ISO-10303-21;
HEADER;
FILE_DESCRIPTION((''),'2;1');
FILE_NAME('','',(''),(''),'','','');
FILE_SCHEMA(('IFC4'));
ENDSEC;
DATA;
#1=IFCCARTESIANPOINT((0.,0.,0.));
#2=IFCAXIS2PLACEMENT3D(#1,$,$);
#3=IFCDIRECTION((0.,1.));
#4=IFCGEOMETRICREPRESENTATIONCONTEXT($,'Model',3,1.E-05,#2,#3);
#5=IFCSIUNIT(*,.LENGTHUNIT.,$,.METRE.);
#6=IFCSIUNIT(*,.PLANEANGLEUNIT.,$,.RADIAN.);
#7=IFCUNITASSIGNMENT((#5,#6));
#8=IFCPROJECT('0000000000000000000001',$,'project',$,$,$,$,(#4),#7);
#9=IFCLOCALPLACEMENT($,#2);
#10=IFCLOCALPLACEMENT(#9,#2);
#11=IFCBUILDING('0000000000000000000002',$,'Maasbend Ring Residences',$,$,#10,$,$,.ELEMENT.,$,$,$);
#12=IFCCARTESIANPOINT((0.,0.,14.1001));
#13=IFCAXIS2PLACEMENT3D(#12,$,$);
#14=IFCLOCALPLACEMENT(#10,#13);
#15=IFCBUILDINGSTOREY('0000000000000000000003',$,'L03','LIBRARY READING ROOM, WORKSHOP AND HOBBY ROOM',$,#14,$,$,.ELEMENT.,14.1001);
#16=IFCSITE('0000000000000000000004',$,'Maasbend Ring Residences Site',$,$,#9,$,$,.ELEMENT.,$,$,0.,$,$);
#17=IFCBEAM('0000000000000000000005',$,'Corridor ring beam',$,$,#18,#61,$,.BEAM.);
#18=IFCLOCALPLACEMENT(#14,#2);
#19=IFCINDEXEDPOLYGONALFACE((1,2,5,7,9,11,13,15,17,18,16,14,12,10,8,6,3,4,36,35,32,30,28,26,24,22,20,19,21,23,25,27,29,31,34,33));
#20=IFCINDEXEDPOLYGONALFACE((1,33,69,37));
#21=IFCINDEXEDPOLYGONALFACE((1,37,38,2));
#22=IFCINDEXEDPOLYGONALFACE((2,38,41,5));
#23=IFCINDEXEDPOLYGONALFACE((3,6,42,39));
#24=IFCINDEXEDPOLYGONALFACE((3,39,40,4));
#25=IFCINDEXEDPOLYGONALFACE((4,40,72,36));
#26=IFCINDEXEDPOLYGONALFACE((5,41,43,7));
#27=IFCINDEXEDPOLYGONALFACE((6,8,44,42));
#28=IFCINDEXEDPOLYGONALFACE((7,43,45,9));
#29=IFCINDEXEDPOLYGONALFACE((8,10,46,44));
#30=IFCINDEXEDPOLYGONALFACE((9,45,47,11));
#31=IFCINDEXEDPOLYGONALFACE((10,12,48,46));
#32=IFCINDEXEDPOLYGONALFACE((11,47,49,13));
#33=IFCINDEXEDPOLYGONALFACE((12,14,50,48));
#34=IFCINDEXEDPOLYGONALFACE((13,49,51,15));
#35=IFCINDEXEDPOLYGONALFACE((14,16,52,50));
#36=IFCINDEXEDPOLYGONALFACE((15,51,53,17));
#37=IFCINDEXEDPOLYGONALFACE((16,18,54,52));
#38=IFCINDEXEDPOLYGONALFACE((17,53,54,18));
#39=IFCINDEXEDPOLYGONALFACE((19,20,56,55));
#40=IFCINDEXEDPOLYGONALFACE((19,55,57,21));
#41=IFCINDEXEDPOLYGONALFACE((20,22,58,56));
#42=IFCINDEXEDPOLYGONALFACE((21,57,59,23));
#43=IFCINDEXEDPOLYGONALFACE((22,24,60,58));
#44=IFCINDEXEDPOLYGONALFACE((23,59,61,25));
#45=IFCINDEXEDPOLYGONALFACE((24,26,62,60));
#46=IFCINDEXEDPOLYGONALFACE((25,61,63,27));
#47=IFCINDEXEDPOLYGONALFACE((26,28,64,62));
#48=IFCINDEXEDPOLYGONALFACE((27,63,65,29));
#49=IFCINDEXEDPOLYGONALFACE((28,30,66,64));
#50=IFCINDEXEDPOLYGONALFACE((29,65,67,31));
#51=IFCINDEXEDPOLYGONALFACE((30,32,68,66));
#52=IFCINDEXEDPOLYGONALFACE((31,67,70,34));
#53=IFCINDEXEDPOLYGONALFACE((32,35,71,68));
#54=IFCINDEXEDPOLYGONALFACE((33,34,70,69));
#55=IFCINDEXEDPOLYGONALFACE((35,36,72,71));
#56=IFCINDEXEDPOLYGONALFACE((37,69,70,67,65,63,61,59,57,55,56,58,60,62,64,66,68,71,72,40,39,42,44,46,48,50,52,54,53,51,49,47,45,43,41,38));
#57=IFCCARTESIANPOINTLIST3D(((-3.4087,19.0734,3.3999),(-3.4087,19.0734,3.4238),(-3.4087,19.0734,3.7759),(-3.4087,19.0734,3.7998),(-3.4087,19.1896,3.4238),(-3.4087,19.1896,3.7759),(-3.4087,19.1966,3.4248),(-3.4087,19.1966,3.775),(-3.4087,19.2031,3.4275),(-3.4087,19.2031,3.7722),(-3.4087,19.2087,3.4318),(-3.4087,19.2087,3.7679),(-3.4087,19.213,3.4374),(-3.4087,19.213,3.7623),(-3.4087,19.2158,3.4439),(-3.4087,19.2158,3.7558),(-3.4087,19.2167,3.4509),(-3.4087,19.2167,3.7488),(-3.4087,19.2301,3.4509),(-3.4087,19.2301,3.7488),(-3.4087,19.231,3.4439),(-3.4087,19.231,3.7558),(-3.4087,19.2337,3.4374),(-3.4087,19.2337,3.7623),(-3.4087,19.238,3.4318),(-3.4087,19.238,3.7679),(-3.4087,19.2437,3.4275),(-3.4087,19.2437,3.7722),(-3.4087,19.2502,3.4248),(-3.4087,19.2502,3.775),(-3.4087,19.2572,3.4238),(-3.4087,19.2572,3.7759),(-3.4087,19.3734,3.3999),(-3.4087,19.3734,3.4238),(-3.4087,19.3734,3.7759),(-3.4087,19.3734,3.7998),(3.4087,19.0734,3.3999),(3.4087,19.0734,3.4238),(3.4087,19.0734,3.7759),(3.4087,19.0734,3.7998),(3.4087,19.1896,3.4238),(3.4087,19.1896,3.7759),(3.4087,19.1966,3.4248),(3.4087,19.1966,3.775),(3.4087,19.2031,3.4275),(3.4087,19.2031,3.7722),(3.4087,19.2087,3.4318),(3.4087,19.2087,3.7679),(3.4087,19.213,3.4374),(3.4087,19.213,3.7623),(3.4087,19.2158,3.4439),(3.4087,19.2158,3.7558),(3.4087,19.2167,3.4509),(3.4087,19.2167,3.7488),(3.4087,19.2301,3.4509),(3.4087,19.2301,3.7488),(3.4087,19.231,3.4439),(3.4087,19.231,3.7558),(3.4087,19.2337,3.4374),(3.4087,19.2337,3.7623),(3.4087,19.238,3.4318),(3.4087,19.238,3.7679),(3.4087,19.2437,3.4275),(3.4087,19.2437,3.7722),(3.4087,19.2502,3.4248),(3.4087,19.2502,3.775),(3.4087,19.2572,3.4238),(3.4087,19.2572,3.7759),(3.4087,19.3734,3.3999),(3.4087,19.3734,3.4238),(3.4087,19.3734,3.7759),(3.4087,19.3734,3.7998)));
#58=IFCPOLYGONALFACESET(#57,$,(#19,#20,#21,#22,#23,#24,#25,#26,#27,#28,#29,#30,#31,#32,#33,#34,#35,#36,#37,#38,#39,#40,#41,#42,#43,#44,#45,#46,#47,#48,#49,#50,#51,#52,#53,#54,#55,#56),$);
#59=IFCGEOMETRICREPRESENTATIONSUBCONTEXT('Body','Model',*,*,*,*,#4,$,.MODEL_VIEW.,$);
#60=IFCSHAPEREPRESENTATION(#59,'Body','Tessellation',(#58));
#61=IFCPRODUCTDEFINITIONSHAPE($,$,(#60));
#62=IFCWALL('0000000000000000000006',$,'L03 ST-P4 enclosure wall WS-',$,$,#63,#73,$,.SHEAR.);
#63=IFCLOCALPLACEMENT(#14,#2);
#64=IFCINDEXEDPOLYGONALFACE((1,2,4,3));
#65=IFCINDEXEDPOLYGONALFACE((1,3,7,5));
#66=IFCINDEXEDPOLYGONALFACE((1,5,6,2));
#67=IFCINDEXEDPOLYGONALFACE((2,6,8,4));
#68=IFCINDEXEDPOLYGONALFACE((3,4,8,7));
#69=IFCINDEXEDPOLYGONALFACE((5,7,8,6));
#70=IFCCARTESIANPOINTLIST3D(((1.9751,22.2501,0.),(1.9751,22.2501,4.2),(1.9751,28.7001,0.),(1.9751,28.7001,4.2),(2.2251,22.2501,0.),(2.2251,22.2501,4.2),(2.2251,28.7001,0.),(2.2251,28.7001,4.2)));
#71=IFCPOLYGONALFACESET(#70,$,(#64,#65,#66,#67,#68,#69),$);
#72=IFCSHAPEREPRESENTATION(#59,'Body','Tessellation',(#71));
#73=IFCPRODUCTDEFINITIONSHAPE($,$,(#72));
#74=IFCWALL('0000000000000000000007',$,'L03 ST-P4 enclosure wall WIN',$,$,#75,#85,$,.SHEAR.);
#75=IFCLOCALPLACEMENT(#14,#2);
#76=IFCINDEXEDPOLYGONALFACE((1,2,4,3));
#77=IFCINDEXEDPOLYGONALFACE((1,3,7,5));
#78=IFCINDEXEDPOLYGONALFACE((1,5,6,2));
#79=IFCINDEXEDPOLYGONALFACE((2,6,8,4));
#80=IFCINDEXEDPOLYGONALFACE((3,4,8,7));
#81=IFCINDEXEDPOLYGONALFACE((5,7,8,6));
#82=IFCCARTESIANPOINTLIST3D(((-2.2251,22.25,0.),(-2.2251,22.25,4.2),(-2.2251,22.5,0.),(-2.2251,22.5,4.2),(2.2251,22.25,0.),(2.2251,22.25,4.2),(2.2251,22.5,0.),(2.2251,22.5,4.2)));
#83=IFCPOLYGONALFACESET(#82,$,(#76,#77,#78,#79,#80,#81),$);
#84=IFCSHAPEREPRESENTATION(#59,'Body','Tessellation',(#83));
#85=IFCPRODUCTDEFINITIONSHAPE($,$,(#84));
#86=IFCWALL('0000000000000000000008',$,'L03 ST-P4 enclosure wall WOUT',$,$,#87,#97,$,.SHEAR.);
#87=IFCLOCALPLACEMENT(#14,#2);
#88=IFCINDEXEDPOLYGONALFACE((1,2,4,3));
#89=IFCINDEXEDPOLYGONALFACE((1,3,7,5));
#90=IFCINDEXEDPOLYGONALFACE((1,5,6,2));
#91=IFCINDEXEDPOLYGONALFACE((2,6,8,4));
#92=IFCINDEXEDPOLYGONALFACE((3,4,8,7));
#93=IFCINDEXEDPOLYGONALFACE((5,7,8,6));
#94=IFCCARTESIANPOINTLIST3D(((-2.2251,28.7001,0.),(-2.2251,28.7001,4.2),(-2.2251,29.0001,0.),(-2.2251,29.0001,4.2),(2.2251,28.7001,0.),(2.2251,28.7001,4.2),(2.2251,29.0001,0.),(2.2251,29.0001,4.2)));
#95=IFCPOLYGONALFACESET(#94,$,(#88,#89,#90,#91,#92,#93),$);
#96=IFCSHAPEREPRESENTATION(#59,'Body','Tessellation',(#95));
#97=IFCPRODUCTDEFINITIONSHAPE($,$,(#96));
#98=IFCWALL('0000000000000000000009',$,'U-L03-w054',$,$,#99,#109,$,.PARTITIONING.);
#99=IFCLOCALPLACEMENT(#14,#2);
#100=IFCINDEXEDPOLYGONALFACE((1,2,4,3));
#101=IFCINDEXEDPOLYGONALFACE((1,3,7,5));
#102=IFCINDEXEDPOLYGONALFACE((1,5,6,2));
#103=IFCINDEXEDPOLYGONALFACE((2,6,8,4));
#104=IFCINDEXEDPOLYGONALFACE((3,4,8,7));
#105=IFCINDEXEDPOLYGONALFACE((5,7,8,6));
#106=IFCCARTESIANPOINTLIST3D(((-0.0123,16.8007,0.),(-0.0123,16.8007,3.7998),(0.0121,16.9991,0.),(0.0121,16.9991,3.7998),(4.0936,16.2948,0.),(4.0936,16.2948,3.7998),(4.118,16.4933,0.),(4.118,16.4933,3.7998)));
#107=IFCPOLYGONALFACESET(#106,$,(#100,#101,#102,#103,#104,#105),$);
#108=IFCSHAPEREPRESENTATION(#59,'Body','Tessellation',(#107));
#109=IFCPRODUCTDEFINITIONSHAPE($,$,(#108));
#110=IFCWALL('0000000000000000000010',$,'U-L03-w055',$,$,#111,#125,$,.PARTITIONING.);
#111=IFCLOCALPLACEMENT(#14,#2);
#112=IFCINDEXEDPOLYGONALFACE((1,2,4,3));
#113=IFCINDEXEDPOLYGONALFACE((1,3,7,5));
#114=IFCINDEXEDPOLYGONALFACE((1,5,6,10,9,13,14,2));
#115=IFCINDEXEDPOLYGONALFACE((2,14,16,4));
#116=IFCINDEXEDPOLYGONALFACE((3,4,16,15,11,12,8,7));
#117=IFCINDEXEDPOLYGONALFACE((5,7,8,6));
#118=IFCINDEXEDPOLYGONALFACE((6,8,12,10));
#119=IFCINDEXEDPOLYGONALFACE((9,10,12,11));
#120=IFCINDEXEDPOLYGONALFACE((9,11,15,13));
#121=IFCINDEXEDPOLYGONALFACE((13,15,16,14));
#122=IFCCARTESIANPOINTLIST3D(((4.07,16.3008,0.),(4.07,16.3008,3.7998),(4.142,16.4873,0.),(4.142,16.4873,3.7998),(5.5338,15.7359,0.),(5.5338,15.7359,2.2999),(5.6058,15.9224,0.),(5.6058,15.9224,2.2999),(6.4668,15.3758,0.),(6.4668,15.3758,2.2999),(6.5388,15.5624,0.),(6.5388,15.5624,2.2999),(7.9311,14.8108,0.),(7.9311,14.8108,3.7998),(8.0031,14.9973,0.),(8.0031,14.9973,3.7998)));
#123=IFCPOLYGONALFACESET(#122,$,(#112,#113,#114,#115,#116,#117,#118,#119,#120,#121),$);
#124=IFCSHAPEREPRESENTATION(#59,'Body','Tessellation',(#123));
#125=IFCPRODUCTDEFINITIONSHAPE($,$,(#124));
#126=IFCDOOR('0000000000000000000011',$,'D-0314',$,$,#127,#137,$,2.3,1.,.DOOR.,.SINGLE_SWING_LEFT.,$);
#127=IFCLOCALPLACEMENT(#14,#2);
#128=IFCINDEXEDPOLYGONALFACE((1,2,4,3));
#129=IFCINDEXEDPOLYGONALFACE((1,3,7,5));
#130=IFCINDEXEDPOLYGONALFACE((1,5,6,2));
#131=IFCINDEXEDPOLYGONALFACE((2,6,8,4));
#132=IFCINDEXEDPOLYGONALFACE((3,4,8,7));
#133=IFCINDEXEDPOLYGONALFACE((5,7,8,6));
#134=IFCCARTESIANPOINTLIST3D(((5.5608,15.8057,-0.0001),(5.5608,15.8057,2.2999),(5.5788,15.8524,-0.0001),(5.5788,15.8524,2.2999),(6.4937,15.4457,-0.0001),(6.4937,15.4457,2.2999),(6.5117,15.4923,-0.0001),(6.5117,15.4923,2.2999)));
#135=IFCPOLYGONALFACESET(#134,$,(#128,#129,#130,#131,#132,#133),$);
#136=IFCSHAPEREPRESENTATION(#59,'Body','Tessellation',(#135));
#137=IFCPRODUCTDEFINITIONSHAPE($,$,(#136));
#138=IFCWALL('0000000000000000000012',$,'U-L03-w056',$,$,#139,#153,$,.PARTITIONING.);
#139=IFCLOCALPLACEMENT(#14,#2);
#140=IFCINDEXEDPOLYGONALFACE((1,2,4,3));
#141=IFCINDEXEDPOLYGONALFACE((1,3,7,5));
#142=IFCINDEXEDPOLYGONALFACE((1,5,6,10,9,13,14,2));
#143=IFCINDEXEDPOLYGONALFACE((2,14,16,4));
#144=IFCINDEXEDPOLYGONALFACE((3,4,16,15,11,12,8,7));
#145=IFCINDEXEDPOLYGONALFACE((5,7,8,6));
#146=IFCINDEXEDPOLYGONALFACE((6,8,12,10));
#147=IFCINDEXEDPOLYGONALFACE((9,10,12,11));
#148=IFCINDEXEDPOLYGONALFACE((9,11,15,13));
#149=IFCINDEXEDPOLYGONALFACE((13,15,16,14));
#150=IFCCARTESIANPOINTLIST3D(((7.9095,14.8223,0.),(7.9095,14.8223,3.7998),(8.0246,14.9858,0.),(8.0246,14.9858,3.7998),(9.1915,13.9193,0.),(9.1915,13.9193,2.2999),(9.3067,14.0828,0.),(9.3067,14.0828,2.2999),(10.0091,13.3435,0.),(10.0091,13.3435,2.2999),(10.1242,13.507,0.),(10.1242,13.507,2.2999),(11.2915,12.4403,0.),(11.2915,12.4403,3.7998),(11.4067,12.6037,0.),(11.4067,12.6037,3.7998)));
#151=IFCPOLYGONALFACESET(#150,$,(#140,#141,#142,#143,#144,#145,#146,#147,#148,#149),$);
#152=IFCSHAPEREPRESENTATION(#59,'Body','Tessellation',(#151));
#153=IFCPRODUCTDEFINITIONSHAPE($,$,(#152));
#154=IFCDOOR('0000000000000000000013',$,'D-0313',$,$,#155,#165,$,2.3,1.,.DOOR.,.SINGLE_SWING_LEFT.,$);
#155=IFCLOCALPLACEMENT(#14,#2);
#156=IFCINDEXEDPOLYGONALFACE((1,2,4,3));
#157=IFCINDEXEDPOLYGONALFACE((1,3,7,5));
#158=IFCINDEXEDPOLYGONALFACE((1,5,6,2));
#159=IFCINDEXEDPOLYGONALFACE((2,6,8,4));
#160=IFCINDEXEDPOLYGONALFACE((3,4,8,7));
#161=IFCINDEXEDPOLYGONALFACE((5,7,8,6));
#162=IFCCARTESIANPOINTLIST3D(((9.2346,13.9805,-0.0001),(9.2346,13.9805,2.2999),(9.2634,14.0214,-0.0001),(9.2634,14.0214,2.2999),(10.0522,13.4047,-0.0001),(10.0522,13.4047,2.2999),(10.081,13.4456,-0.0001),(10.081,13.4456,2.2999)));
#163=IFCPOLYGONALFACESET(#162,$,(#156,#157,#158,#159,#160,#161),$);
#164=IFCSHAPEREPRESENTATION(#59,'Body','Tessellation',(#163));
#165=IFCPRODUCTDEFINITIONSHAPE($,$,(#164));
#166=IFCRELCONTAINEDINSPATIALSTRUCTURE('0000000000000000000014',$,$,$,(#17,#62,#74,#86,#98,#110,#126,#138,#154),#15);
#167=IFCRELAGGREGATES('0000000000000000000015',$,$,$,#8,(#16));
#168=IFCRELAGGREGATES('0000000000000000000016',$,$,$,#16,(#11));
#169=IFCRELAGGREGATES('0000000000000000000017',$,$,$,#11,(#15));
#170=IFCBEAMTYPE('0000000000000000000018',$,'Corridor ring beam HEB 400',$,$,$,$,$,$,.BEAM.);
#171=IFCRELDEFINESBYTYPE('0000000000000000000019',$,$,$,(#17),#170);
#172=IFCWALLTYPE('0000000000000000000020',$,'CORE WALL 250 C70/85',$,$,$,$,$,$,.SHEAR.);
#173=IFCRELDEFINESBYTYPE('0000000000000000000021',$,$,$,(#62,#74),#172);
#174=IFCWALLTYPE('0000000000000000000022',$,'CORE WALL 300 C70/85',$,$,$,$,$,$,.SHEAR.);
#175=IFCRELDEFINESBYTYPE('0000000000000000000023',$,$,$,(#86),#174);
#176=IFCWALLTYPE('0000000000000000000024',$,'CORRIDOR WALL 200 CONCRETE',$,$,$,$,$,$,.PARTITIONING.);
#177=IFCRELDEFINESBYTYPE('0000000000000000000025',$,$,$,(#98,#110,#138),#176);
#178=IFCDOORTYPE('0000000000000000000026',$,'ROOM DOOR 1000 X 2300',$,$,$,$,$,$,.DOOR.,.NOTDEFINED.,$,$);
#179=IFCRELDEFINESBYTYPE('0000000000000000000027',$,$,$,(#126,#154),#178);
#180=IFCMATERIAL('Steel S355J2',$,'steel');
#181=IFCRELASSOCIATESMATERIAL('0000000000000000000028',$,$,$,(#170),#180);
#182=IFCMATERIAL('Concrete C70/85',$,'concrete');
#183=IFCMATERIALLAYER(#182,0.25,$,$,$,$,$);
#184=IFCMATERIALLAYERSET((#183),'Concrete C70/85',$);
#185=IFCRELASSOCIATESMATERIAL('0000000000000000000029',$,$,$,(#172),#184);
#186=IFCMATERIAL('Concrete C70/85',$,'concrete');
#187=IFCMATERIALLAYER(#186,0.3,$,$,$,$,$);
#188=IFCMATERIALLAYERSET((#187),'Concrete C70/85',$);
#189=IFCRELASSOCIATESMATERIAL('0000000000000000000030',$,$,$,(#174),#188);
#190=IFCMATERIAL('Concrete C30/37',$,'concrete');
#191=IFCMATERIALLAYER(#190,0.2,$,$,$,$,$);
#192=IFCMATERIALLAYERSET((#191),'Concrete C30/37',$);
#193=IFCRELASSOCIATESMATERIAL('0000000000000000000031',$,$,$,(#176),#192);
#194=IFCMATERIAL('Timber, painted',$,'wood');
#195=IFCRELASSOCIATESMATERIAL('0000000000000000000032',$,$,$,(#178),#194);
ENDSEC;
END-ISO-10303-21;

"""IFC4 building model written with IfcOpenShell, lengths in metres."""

from ifc_helpers import new_model, si_unit, direction, frame, frame_2d, origin, origin_2d, place, context, subcontext, project, spatial, rectangle, i_section, extrude, material, layer, layer_set, material_profile, profile_set, type_object, element, fill, save


model = new_model("IFC4")

# Units and contexts
model_context = context("Model", 3, precision=1e-05, world=origin(), true_north=direction((0.0, 1.0)))
body_context = subcontext(model_context, "Body", "Model", "MODEL_VIEW")
ifc_project = project(units=[si_unit("LENGTHUNIT", "METRE"), si_unit("PLANEANGLEUNIT", "RADIAN")], contexts=[model_context])

# Site, building, storey
site_placement = place(None, origin())
site = spatial("IfcSite", under=ifc_project, at=site_placement, Name="Maasbend Ring Residences Site", CompositionType="ELEMENT", RefElevation=0.0)
building_placement = place(site_placement, origin())
building = spatial("IfcBuilding", under=site, at=building_placement, Name="Maasbend Ring Residences", CompositionType="ELEMENT")
storey_placement = place(building_placement, frame((0.0, 0.0, 14.1001)))
storey = spatial("IfcBuildingStorey", under=building, at=storey_placement, Name="L03", Description="LIBRARY READING ROOM, WORKSHOP AND HOBBY ROOM", CompositionType="ELEMENT", Elevation=14.1001)

# Beam
ifc_material_1 = material(Name="Steel S355J2", Category="steel")
ifc_material_profile_1 = material_profile(ifc_material_1, i_section(OverallWidth=0.3, OverallDepth=0.3999, WebThickness=0.0134, FlangeThickness=0.0239, FilletRadius=0.0271, at=origin_2d()), Name="HEB 400")
ifc_profile_set_1 = profile_set([ifc_material_profile_1], Name="Steel S355J2")
beam_type = type_object("IfcBeamType", Name="Corridor ring beam HEB 400", PredefinedType="BEAM", material=ifc_profile_set_1)
beam_1_placement = place(storey_placement, frame((3.4087, 19.2234, 3.5999), z_axis=(-1.0, 0.0, 0.0), x_axis=(0.0, -1.0, 0.0)))
element("IfcBeam", 1, at=beam_1_placement, inside=storey, type_object=beam_type, Name="Corridor ring beam", PredefinedType="BEAM", context=body_context, shape_type="SweptSolid", body=[
    extrude(i_section(OverallWidth=0.3, OverallDepth=0.3999, WebThickness=0.0134, FlangeThickness=0.0239, FilletRadius=0.0271, at=origin_2d()), origin(), (0.0, 0.0, 1.0), 6.8174),
])

# Walls
ifc_material_2 = material(Name="Concrete C70/85", Category="concrete")
ifc_layer_1 = layer(ifc_material_2, 0.25)
ifc_layer_set_1 = layer_set([ifc_layer_1], Name="Concrete C70/85")
wall_type_1 = type_object("IfcWallType", Name="CORE WALL 250 C70/85", PredefinedType="SHEAR", material=ifc_layer_set_1)
wall_1_placement = place(storey_placement, frame((2.1001, 22.25, 0.0), z_axis=(0.0, 0.0, 1.0), x_axis=(0.0, 1.0, 0.0)))
element("IfcWall", 2, at=wall_1_placement, inside=storey, type_object=wall_type_1, Name="L03 ST-P4 enclosure wall WS-", PredefinedType="SHEAR", context=body_context, shape_type="SweptSolid", body=[
    extrude(rectangle(XDim=6.45, YDim=0.25, at=frame_2d((3.2251, 0.0))), origin(), (0.0, 0.0, 1.0), 4.2),
])
wall_2_placement = place(storey_placement, frame((2.2251, 22.375, 0.0), z_axis=(0.0, 0.0, 1.0), x_axis=(-1.0, 0.0, 0.0)))
element("IfcWall", 3, at=wall_2_placement, inside=storey, type_object=wall_type_1, Name="L03 ST-P4 enclosure wall WIN", PredefinedType="SHEAR", context=body_context, shape_type="SweptSolid", body=[
    extrude(rectangle(XDim=4.4502, YDim=0.25, at=frame_2d((2.2251, 0.0))), origin(), (0.0, 0.0, 1.0), 4.2),
])
ifc_material_3 = material(Name="Concrete C70/85", Category="concrete")
ifc_layer_2 = layer(ifc_material_3, 0.3)
ifc_layer_set_2 = layer_set([ifc_layer_2], Name="Concrete C70/85")
wall_type_2 = type_object("IfcWallType", Name="CORE WALL 300 C70/85", PredefinedType="SHEAR", material=ifc_layer_set_2)
wall_3_placement = place(storey_placement, frame((2.2251, 28.8501, 0.0), z_axis=(0.0, 0.0, 1.0), x_axis=(-1.0, 0.0, 0.0)))
element("IfcWall", 4, at=wall_3_placement, inside=storey, type_object=wall_type_2, Name="L03 ST-P4 enclosure wall WOUT", PredefinedType="SHEAR", context=body_context, shape_type="SweptSolid", body=[
    extrude(rectangle(XDim=4.4502, YDim=0.3, at=frame_2d((2.2251, 0.0))), origin(), (0.0, 0.0, 1.0), 4.2),
])
ifc_material_4 = material(Name="Concrete C30/37", Category="concrete")
ifc_layer_3 = layer(ifc_material_4, 0.2)
ifc_layer_set_3 = layer_set([ifc_layer_3], Name="Concrete C30/37")
wall_type_3 = type_object("IfcWallType", Name="CORRIDOR WALL 200 CONCRETE", PredefinedType="PARTITIONING", material=ifc_layer_set_3)
wall_4_placement = place(storey_placement, frame((0.0, 16.8999, 0.0), z_axis=(0.0, 0.0, 1.0), x_axis=(0.992496, -0.122277, 0.0)))
element("IfcWall", 5, at=wall_4_placement, inside=storey, type_object=wall_type_3, Name="U-L03-w054", PredefinedType="PARTITIONING", context=body_context, shape_type="SweptSolid", body=[
    extrude(rectangle(XDim=4.137, YDim=0.2, at=frame_2d((2.0684, 0.0))), origin(), (0.0, 0.0, 1.0), 3.7998),
])

# Walls, openings, doors
wall_5_placement = place(storey_placement, frame((4.106, 16.394, 0.0), z_axis=(0.0, 0.0, 1.0), x_axis=(0.932944, -0.360022, 0.0)))
wall_5 = element("IfcWall", 6, at=wall_5_placement, inside=storey, type_object=wall_type_3, Name="U-L03-w055", PredefinedType="PARTITIONING", context=body_context, shape_type="SweptSolid", body=[
    extrude(rectangle(XDim=4.1387, YDim=0.2, at=frame_2d((2.0693, 0.0))), origin(), (0.0, 0.0, 1.0), 3.7998),
])
opening_1_placement = place(wall_5_placement, frame((1.5691, 0.0, 0.0)))
opening_1 = element("IfcOpeningElement", 7, at=opening_1_placement, cuts=wall_5, PredefinedType="OPENING", context=body_context, shape_type="SweptSolid", body=[
    extrude(rectangle(XDim=1.0, YDim=2.3, at=frame_2d((0.5, 1.1499))), frame((0.0, 0.1099, 0.0), z_axis=(0.0, -1.0, 0.0), x_axis=(1.0, 0.0, 0.0)), (0.0, 0.0, 1.0), 0.22),
])
ifc_material_5 = material(Name="Timber, painted", Category="wood")
door_type_1 = type_object("IfcDoorType", Name="ROOM DOOR 1000 X 2300", OperationType="NOTDEFINED", PredefinedType="DOOR", material=ifc_material_5)
door_1_placement = place(opening_1_placement, origin())
door_1 = element("IfcDoor", 8, at=door_1_placement, inside=storey, type_object=door_type_1, Name="D-0314", OperationType="SINGLE_SWING_LEFT", OverallHeight=2.3, OverallWidth=1.0, PredefinedType="DOOR", context=body_context, shape_type="SweptSolid", body=[
    extrude(rectangle(XDim=1.0, YDim=2.3, at=frame_2d((0.5, 1.1499))), frame((0.0, 0.0249, 0.0), z_axis=(0.0, -1.0, 0.0), x_axis=(1.0, 0.0, 0.0)), (0.0, 0.0, 1.0), 0.05),
])
fill(opening_1, door_1)
wall_6_placement = place(storey_placement, frame((7.967, 14.9041, 0.0), z_axis=(0.0, 0.0, 1.0), x_axis=(0.817568, -0.575833, 0.0)))
wall_6 = element("IfcWall", 9, at=wall_6_placement, inside=storey, type_object=wall_type_3, Name="U-L03-w056", PredefinedType="PARTITIONING", context=body_context, shape_type="SweptSolid", body=[
    extrude(rectangle(XDim=4.1367, YDim=0.2, at=frame_2d((2.0684, 0.0))), origin(), (0.0, 0.0, 1.0), 3.7998),
])
opening_2_placement = place(wall_6_placement, frame((1.5681, 0.0, 0.0)))
opening_2 = element("IfcOpeningElement", 10, at=opening_2_placement, cuts=wall_6, PredefinedType="OPENING", context=body_context, shape_type="SweptSolid", body=[
    extrude(rectangle(XDim=1.0, YDim=2.3, at=frame_2d((0.5, 1.1499))), frame((0.0, 0.1099, 0.0), z_axis=(0.0, -1.0, 0.0), x_axis=(1.0, 0.0, 0.0)), (0.0, 0.0, 1.0), 0.22),
])
door_2_placement = place(opening_2_placement, origin())
door_2 = element("IfcDoor", 11, at=door_2_placement, inside=storey, type_object=door_type_1, Name="D-0313", OperationType="SINGLE_SWING_LEFT", OverallHeight=2.3, OverallWidth=1.0, PredefinedType="DOOR", context=body_context, shape_type="SweptSolid", body=[
    extrude(rectangle(XDim=1.0, YDim=2.3, at=frame_2d((0.5, 1.1499))), frame((0.0, 0.0249, 0.0), z_axis=(0.0, -1.0, 0.0), x_axis=(1.0, 0.0, 0.0)), (0.0, 0.0, 1.0), 0.05),
])
fill(opening_2, door_2)

save(model, "model.ifc")
